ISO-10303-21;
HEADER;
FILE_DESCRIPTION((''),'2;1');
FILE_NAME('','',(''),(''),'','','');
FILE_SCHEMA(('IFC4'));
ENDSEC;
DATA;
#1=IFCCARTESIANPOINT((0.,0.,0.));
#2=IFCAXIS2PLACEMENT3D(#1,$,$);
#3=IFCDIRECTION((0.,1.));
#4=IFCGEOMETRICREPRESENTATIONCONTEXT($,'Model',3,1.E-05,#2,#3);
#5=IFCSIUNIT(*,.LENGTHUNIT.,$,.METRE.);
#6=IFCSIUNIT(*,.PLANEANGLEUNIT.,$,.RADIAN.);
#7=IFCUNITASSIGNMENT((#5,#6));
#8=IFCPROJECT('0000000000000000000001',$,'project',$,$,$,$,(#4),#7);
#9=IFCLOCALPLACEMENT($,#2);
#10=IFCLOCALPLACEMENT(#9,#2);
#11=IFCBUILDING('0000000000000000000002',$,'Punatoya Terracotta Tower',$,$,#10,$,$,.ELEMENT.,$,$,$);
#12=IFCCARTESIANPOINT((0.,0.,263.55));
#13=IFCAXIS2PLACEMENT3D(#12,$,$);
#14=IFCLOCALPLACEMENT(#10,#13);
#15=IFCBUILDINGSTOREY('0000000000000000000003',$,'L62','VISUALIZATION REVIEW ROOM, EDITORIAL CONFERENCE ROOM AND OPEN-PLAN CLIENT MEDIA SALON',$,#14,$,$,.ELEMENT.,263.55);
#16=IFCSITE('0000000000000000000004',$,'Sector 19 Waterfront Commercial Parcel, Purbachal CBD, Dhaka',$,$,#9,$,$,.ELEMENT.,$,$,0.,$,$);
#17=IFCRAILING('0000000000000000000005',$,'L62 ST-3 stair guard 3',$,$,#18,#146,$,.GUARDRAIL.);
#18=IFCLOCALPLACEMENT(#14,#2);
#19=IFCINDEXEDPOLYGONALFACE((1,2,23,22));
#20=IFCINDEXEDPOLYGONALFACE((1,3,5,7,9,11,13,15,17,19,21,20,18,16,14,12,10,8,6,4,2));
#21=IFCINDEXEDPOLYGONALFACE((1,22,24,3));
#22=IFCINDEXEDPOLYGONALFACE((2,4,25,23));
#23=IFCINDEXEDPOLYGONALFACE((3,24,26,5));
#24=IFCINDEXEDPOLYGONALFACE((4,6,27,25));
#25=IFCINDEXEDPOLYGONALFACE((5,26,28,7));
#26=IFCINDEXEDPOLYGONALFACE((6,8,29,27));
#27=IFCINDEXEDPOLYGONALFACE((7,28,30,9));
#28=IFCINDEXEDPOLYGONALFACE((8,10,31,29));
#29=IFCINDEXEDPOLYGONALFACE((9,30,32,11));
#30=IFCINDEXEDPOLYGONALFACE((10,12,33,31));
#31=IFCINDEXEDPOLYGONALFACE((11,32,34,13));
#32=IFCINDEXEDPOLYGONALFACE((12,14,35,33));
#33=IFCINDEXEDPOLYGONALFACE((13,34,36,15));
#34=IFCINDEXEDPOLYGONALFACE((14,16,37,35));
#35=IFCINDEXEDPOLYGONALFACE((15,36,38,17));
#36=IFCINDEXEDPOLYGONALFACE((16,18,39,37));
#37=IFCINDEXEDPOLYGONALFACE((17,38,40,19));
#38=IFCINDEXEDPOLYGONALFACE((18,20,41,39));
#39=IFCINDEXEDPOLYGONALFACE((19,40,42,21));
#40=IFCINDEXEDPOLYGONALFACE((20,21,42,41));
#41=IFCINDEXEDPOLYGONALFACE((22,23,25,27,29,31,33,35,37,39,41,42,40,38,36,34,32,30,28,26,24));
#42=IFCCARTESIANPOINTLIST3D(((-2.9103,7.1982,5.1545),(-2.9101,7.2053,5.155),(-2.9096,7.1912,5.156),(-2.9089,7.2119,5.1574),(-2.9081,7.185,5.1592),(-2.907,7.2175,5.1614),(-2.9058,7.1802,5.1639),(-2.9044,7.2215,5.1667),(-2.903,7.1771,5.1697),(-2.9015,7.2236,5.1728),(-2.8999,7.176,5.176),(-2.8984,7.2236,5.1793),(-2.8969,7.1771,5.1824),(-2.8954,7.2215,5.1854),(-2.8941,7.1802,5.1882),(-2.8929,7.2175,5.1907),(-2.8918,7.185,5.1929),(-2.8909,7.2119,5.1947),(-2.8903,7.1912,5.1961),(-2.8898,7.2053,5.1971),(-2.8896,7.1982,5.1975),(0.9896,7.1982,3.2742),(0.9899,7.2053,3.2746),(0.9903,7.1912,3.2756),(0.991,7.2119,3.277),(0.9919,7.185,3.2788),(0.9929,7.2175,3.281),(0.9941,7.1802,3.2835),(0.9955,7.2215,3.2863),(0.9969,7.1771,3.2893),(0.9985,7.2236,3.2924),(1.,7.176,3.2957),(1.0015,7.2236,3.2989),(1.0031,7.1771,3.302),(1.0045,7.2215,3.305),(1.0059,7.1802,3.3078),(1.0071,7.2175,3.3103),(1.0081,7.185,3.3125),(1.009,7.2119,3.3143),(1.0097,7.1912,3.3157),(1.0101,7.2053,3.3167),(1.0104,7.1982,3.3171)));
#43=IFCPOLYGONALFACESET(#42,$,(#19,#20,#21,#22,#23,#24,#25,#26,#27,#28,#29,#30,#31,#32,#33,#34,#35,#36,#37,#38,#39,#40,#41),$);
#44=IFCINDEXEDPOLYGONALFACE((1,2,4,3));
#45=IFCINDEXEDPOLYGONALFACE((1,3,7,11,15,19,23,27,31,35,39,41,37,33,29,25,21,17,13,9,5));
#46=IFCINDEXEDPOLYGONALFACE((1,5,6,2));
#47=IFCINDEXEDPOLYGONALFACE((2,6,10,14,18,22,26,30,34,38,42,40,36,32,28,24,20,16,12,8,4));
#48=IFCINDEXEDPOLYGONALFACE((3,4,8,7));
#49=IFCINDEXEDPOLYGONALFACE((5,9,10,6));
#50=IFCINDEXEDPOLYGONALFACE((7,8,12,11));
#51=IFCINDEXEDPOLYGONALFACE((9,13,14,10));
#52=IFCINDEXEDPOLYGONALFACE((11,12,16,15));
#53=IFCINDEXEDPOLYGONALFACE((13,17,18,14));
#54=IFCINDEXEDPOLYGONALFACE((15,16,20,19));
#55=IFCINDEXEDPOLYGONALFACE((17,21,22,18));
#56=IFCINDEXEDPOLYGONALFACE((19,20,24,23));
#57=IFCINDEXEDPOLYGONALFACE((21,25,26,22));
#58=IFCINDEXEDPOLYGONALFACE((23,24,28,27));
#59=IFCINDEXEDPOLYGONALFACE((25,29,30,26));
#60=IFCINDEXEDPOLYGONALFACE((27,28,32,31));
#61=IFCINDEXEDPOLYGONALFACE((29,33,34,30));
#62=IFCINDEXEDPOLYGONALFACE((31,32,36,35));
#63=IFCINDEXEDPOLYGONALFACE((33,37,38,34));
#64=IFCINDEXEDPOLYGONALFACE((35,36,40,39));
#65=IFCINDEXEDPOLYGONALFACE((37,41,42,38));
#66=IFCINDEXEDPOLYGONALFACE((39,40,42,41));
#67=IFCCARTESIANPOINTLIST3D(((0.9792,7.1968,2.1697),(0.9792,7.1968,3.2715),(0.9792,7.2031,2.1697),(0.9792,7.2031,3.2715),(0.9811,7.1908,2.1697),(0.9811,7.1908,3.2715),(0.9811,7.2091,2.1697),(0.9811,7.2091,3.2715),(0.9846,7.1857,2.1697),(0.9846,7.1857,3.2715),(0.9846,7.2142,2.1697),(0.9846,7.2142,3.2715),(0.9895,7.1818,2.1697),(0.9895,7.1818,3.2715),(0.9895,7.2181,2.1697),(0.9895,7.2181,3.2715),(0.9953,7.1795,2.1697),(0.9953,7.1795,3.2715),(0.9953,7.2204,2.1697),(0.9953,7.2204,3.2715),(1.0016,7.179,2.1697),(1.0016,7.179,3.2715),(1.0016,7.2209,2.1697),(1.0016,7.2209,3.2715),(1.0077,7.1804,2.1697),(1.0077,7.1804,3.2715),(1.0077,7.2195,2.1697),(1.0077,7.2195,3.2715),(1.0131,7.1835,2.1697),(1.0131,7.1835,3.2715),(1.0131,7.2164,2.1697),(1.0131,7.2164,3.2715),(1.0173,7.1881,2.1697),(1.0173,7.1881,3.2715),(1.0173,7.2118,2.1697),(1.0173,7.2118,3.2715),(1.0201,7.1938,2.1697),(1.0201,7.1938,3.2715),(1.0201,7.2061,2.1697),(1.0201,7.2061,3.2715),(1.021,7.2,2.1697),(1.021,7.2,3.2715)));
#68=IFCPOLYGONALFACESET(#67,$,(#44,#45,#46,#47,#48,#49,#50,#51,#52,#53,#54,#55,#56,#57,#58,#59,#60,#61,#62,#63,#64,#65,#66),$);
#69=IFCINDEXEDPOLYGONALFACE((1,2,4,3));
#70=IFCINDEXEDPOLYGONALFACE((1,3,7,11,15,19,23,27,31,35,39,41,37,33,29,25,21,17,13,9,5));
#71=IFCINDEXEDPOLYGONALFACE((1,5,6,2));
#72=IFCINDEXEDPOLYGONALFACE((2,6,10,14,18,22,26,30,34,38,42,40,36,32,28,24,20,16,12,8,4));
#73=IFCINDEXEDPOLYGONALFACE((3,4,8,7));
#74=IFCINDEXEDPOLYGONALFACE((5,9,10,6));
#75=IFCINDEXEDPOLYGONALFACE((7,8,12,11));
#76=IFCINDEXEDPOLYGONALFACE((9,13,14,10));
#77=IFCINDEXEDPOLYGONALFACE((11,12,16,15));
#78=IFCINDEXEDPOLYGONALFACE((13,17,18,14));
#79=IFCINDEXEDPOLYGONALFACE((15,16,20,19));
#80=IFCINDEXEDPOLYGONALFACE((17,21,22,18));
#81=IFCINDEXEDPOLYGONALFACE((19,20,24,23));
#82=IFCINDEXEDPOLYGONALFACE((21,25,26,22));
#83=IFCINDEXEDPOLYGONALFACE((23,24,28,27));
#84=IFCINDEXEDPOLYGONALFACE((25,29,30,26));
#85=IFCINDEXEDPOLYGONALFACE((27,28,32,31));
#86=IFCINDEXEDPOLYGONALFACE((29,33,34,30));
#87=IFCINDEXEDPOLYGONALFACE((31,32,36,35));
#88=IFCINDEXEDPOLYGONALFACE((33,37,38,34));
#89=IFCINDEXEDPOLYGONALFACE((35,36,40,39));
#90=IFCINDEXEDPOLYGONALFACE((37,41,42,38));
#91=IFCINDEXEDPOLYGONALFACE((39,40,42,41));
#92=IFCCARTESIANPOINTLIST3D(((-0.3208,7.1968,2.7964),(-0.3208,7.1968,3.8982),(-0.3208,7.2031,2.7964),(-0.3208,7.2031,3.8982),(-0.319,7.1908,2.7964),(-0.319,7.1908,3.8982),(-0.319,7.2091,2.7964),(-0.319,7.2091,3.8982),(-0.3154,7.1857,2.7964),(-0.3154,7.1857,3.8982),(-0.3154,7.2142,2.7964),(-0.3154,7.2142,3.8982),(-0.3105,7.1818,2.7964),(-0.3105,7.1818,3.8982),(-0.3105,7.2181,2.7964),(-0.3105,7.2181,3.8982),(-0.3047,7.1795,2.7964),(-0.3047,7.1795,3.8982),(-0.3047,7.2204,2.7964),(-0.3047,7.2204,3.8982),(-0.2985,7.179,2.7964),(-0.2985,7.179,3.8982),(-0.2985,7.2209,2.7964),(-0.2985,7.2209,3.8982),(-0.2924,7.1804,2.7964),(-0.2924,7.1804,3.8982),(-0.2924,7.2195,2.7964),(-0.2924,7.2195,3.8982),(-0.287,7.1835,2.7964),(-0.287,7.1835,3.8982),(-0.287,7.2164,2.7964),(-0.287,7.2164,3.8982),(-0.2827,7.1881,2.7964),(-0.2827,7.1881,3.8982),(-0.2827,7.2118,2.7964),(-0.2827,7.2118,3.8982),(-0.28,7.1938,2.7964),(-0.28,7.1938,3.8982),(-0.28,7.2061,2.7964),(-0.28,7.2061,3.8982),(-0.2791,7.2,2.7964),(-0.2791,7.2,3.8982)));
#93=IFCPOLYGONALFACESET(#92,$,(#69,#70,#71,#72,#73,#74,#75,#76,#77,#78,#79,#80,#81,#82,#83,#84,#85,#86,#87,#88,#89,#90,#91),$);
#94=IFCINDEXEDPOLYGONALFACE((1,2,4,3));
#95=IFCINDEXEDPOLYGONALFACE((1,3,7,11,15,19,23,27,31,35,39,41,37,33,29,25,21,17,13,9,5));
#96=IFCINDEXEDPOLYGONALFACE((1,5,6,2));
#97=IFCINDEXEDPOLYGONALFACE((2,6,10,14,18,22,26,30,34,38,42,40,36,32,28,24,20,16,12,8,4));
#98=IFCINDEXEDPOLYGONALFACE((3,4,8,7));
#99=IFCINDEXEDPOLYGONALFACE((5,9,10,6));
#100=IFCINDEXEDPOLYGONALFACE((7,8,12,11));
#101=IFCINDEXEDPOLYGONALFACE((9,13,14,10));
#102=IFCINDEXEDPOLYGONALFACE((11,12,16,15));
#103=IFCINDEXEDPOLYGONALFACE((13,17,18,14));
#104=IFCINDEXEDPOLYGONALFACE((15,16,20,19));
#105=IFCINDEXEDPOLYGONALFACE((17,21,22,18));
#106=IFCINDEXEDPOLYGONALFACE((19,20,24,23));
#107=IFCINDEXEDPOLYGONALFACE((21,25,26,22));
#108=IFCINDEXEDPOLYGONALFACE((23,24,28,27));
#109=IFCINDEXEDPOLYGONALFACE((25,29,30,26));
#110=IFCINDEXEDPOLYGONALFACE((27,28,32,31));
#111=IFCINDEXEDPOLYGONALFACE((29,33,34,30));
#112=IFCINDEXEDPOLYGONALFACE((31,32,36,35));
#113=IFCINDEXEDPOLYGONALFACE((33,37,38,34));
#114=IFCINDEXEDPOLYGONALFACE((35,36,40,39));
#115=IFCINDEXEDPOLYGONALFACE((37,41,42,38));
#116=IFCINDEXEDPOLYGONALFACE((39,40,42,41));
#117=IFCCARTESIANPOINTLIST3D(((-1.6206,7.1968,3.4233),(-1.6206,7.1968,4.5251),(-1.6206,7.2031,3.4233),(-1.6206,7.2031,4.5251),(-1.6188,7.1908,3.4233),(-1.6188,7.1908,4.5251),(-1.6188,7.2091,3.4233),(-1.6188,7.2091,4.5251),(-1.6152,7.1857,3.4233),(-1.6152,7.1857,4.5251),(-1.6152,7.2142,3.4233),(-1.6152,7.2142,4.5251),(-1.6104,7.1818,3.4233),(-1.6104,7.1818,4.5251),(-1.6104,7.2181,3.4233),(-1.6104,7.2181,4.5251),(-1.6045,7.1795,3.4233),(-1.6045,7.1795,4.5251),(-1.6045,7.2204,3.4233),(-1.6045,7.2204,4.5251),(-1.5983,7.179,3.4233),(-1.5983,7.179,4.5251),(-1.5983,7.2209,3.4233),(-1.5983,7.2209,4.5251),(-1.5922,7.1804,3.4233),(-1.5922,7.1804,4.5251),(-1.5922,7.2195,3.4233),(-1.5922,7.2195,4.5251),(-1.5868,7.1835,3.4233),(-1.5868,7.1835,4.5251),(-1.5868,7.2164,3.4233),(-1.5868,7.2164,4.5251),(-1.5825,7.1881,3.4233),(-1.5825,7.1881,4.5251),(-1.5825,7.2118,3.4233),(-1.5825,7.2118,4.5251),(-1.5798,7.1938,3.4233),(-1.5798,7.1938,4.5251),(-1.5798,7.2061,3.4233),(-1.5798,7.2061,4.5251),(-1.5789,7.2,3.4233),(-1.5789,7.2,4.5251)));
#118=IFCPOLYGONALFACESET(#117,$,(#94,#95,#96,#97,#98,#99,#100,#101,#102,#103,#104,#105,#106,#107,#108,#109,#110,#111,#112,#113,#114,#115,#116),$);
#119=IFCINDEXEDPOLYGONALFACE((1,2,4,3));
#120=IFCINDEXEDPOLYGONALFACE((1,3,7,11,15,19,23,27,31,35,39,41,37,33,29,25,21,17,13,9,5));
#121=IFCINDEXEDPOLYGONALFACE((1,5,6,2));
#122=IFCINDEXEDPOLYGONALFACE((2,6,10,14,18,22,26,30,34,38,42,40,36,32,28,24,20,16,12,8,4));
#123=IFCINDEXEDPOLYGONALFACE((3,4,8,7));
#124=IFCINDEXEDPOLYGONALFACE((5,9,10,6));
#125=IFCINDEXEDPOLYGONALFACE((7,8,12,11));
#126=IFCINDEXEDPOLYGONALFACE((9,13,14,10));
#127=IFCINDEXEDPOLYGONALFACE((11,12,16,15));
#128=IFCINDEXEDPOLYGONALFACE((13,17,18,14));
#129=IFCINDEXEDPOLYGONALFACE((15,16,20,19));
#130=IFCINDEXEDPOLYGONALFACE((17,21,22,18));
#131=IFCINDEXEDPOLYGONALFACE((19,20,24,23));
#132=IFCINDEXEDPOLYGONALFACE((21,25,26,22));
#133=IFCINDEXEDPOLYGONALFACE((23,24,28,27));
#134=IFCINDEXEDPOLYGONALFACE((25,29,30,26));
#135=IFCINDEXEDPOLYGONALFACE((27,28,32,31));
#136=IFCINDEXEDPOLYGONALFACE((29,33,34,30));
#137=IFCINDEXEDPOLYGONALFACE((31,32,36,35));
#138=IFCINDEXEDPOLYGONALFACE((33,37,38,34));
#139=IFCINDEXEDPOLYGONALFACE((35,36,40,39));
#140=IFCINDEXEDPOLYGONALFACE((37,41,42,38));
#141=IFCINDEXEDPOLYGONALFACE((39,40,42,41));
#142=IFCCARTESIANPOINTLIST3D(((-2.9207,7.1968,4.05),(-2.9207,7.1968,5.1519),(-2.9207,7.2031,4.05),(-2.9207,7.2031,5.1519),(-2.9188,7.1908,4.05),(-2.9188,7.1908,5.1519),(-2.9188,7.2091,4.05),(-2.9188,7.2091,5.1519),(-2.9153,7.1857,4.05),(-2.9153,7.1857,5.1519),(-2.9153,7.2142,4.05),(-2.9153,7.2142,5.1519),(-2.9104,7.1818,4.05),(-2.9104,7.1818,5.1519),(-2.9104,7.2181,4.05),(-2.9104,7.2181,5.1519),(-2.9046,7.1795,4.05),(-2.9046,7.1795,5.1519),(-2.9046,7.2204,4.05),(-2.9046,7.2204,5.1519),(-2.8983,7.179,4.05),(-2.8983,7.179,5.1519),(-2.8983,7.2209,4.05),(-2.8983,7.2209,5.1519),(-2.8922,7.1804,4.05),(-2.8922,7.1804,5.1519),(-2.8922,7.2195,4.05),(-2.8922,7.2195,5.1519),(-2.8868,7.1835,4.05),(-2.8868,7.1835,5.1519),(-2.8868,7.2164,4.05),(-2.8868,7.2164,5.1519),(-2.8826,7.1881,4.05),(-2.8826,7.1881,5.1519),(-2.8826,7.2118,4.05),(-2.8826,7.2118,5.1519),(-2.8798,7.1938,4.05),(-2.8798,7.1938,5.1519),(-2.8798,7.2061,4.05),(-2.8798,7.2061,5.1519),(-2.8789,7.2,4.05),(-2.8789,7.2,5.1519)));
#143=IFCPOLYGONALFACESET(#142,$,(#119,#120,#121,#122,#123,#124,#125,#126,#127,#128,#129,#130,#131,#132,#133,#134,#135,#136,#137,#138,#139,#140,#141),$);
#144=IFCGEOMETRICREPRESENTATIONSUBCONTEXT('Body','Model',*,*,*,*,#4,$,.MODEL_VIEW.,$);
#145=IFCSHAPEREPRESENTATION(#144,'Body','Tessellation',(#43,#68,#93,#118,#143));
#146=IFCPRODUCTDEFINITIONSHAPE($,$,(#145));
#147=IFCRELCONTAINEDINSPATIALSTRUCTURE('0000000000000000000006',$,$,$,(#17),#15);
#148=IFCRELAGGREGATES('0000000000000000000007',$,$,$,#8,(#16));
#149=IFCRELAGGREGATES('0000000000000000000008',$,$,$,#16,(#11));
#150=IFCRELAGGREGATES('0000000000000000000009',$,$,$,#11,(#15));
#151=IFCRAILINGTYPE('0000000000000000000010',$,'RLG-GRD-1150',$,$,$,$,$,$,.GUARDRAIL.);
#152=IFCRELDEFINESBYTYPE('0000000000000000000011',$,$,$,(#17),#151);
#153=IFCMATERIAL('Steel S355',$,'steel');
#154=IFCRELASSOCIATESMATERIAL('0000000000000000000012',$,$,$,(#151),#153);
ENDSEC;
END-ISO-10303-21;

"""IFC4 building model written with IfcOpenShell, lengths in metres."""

from ifc_helpers import new_model, si_unit, direction, frame, origin, origin_2d, place, context, subcontext, project, spatial, circle, extrude, material, type_object, element, save


model = new_model("IFC4")

# Units and contexts
model_context = context("Model", 3, precision=1e-05, world=origin(), true_north=direction((0.0, 1.0)))
body_context = subcontext(model_context, "Body", "Model", "MODEL_VIEW")
ifc_project = project(units=[si_unit("LENGTHUNIT", "METRE"), si_unit("PLANEANGLEUNIT", "RADIAN")], contexts=[model_context])

# Site, building, storey
site_placement = place(None, origin())
site = spatial("IfcSite", under=ifc_project, at=site_placement, Name="Sector 19 Waterfront Commercial Parcel, Purbachal CBD, Dhaka", CompositionType="ELEMENT", RefElevation=0.0)
building_placement = place(site_placement, origin())
building = spatial("IfcBuilding", under=site, at=building_placement, Name="Punatoya Terracotta Tower", CompositionType="ELEMENT")
storey_placement = place(building_placement, frame((0.0, 0.0, 263.55)))
storey = spatial("IfcBuildingStorey", under=building, at=storey_placement, Name="L62", Description="VISUALIZATION REVIEW ROOM, EDITORIAL CONFERENCE ROOM AND OPEN-PLAN CLIENT MEDIA SALON", CompositionType="ELEMENT", Elevation=263.55)

# Shared definitions
ifc_material_1 = material(Name="Steel S355", Category="steel")

# Railing
railing_type_1 = type_object("IfcRailingType", Name="RLG-GRD-1150", PredefinedType="GUARDRAIL", material=ifc_material_1)
railing_1_placement = place(storey_placement, frame((1.0, 7.2, 2.1697)))
element("IfcRailing", 1, at=railing_1_placement, inside=storey, type_object=railing_type_1, Name="L62 ST-3 stair guard 3", PredefinedType="GUARDRAIL", context=body_context, shape_type="SweptSolid", body=[
    extrude(circle(Radius=0.0239, at=origin_2d()), frame((0.0, 0.0, 1.126), z_axis=(-0.900763, 0.0, 0.434311), x_axis=(0.0, -1.0, 0.0)), (0.0, 0.0, 1.0), 4.3296),
    extrude(circle(Radius=0.021, at=origin_2d()), origin(), (0.0, 0.0, 1.0), 1.1018),
    extrude(circle(Radius=0.021, at=origin_2d()), frame((-1.3, 0.0, 0.6267)), (0.0, 0.0, 1.0), 1.1018),
    extrude(circle(Radius=0.021, at=origin_2d()), frame((-2.5999, 0.0, 1.2537)), (0.0, 0.0, 1.0), 1.1018),
    extrude(circle(Radius=0.021, at=origin_2d()), frame((-3.8999, 0.0, 1.8804)), (0.0, 0.0, 1.0), 1.1018),
])

save(model, "model.ifc")
